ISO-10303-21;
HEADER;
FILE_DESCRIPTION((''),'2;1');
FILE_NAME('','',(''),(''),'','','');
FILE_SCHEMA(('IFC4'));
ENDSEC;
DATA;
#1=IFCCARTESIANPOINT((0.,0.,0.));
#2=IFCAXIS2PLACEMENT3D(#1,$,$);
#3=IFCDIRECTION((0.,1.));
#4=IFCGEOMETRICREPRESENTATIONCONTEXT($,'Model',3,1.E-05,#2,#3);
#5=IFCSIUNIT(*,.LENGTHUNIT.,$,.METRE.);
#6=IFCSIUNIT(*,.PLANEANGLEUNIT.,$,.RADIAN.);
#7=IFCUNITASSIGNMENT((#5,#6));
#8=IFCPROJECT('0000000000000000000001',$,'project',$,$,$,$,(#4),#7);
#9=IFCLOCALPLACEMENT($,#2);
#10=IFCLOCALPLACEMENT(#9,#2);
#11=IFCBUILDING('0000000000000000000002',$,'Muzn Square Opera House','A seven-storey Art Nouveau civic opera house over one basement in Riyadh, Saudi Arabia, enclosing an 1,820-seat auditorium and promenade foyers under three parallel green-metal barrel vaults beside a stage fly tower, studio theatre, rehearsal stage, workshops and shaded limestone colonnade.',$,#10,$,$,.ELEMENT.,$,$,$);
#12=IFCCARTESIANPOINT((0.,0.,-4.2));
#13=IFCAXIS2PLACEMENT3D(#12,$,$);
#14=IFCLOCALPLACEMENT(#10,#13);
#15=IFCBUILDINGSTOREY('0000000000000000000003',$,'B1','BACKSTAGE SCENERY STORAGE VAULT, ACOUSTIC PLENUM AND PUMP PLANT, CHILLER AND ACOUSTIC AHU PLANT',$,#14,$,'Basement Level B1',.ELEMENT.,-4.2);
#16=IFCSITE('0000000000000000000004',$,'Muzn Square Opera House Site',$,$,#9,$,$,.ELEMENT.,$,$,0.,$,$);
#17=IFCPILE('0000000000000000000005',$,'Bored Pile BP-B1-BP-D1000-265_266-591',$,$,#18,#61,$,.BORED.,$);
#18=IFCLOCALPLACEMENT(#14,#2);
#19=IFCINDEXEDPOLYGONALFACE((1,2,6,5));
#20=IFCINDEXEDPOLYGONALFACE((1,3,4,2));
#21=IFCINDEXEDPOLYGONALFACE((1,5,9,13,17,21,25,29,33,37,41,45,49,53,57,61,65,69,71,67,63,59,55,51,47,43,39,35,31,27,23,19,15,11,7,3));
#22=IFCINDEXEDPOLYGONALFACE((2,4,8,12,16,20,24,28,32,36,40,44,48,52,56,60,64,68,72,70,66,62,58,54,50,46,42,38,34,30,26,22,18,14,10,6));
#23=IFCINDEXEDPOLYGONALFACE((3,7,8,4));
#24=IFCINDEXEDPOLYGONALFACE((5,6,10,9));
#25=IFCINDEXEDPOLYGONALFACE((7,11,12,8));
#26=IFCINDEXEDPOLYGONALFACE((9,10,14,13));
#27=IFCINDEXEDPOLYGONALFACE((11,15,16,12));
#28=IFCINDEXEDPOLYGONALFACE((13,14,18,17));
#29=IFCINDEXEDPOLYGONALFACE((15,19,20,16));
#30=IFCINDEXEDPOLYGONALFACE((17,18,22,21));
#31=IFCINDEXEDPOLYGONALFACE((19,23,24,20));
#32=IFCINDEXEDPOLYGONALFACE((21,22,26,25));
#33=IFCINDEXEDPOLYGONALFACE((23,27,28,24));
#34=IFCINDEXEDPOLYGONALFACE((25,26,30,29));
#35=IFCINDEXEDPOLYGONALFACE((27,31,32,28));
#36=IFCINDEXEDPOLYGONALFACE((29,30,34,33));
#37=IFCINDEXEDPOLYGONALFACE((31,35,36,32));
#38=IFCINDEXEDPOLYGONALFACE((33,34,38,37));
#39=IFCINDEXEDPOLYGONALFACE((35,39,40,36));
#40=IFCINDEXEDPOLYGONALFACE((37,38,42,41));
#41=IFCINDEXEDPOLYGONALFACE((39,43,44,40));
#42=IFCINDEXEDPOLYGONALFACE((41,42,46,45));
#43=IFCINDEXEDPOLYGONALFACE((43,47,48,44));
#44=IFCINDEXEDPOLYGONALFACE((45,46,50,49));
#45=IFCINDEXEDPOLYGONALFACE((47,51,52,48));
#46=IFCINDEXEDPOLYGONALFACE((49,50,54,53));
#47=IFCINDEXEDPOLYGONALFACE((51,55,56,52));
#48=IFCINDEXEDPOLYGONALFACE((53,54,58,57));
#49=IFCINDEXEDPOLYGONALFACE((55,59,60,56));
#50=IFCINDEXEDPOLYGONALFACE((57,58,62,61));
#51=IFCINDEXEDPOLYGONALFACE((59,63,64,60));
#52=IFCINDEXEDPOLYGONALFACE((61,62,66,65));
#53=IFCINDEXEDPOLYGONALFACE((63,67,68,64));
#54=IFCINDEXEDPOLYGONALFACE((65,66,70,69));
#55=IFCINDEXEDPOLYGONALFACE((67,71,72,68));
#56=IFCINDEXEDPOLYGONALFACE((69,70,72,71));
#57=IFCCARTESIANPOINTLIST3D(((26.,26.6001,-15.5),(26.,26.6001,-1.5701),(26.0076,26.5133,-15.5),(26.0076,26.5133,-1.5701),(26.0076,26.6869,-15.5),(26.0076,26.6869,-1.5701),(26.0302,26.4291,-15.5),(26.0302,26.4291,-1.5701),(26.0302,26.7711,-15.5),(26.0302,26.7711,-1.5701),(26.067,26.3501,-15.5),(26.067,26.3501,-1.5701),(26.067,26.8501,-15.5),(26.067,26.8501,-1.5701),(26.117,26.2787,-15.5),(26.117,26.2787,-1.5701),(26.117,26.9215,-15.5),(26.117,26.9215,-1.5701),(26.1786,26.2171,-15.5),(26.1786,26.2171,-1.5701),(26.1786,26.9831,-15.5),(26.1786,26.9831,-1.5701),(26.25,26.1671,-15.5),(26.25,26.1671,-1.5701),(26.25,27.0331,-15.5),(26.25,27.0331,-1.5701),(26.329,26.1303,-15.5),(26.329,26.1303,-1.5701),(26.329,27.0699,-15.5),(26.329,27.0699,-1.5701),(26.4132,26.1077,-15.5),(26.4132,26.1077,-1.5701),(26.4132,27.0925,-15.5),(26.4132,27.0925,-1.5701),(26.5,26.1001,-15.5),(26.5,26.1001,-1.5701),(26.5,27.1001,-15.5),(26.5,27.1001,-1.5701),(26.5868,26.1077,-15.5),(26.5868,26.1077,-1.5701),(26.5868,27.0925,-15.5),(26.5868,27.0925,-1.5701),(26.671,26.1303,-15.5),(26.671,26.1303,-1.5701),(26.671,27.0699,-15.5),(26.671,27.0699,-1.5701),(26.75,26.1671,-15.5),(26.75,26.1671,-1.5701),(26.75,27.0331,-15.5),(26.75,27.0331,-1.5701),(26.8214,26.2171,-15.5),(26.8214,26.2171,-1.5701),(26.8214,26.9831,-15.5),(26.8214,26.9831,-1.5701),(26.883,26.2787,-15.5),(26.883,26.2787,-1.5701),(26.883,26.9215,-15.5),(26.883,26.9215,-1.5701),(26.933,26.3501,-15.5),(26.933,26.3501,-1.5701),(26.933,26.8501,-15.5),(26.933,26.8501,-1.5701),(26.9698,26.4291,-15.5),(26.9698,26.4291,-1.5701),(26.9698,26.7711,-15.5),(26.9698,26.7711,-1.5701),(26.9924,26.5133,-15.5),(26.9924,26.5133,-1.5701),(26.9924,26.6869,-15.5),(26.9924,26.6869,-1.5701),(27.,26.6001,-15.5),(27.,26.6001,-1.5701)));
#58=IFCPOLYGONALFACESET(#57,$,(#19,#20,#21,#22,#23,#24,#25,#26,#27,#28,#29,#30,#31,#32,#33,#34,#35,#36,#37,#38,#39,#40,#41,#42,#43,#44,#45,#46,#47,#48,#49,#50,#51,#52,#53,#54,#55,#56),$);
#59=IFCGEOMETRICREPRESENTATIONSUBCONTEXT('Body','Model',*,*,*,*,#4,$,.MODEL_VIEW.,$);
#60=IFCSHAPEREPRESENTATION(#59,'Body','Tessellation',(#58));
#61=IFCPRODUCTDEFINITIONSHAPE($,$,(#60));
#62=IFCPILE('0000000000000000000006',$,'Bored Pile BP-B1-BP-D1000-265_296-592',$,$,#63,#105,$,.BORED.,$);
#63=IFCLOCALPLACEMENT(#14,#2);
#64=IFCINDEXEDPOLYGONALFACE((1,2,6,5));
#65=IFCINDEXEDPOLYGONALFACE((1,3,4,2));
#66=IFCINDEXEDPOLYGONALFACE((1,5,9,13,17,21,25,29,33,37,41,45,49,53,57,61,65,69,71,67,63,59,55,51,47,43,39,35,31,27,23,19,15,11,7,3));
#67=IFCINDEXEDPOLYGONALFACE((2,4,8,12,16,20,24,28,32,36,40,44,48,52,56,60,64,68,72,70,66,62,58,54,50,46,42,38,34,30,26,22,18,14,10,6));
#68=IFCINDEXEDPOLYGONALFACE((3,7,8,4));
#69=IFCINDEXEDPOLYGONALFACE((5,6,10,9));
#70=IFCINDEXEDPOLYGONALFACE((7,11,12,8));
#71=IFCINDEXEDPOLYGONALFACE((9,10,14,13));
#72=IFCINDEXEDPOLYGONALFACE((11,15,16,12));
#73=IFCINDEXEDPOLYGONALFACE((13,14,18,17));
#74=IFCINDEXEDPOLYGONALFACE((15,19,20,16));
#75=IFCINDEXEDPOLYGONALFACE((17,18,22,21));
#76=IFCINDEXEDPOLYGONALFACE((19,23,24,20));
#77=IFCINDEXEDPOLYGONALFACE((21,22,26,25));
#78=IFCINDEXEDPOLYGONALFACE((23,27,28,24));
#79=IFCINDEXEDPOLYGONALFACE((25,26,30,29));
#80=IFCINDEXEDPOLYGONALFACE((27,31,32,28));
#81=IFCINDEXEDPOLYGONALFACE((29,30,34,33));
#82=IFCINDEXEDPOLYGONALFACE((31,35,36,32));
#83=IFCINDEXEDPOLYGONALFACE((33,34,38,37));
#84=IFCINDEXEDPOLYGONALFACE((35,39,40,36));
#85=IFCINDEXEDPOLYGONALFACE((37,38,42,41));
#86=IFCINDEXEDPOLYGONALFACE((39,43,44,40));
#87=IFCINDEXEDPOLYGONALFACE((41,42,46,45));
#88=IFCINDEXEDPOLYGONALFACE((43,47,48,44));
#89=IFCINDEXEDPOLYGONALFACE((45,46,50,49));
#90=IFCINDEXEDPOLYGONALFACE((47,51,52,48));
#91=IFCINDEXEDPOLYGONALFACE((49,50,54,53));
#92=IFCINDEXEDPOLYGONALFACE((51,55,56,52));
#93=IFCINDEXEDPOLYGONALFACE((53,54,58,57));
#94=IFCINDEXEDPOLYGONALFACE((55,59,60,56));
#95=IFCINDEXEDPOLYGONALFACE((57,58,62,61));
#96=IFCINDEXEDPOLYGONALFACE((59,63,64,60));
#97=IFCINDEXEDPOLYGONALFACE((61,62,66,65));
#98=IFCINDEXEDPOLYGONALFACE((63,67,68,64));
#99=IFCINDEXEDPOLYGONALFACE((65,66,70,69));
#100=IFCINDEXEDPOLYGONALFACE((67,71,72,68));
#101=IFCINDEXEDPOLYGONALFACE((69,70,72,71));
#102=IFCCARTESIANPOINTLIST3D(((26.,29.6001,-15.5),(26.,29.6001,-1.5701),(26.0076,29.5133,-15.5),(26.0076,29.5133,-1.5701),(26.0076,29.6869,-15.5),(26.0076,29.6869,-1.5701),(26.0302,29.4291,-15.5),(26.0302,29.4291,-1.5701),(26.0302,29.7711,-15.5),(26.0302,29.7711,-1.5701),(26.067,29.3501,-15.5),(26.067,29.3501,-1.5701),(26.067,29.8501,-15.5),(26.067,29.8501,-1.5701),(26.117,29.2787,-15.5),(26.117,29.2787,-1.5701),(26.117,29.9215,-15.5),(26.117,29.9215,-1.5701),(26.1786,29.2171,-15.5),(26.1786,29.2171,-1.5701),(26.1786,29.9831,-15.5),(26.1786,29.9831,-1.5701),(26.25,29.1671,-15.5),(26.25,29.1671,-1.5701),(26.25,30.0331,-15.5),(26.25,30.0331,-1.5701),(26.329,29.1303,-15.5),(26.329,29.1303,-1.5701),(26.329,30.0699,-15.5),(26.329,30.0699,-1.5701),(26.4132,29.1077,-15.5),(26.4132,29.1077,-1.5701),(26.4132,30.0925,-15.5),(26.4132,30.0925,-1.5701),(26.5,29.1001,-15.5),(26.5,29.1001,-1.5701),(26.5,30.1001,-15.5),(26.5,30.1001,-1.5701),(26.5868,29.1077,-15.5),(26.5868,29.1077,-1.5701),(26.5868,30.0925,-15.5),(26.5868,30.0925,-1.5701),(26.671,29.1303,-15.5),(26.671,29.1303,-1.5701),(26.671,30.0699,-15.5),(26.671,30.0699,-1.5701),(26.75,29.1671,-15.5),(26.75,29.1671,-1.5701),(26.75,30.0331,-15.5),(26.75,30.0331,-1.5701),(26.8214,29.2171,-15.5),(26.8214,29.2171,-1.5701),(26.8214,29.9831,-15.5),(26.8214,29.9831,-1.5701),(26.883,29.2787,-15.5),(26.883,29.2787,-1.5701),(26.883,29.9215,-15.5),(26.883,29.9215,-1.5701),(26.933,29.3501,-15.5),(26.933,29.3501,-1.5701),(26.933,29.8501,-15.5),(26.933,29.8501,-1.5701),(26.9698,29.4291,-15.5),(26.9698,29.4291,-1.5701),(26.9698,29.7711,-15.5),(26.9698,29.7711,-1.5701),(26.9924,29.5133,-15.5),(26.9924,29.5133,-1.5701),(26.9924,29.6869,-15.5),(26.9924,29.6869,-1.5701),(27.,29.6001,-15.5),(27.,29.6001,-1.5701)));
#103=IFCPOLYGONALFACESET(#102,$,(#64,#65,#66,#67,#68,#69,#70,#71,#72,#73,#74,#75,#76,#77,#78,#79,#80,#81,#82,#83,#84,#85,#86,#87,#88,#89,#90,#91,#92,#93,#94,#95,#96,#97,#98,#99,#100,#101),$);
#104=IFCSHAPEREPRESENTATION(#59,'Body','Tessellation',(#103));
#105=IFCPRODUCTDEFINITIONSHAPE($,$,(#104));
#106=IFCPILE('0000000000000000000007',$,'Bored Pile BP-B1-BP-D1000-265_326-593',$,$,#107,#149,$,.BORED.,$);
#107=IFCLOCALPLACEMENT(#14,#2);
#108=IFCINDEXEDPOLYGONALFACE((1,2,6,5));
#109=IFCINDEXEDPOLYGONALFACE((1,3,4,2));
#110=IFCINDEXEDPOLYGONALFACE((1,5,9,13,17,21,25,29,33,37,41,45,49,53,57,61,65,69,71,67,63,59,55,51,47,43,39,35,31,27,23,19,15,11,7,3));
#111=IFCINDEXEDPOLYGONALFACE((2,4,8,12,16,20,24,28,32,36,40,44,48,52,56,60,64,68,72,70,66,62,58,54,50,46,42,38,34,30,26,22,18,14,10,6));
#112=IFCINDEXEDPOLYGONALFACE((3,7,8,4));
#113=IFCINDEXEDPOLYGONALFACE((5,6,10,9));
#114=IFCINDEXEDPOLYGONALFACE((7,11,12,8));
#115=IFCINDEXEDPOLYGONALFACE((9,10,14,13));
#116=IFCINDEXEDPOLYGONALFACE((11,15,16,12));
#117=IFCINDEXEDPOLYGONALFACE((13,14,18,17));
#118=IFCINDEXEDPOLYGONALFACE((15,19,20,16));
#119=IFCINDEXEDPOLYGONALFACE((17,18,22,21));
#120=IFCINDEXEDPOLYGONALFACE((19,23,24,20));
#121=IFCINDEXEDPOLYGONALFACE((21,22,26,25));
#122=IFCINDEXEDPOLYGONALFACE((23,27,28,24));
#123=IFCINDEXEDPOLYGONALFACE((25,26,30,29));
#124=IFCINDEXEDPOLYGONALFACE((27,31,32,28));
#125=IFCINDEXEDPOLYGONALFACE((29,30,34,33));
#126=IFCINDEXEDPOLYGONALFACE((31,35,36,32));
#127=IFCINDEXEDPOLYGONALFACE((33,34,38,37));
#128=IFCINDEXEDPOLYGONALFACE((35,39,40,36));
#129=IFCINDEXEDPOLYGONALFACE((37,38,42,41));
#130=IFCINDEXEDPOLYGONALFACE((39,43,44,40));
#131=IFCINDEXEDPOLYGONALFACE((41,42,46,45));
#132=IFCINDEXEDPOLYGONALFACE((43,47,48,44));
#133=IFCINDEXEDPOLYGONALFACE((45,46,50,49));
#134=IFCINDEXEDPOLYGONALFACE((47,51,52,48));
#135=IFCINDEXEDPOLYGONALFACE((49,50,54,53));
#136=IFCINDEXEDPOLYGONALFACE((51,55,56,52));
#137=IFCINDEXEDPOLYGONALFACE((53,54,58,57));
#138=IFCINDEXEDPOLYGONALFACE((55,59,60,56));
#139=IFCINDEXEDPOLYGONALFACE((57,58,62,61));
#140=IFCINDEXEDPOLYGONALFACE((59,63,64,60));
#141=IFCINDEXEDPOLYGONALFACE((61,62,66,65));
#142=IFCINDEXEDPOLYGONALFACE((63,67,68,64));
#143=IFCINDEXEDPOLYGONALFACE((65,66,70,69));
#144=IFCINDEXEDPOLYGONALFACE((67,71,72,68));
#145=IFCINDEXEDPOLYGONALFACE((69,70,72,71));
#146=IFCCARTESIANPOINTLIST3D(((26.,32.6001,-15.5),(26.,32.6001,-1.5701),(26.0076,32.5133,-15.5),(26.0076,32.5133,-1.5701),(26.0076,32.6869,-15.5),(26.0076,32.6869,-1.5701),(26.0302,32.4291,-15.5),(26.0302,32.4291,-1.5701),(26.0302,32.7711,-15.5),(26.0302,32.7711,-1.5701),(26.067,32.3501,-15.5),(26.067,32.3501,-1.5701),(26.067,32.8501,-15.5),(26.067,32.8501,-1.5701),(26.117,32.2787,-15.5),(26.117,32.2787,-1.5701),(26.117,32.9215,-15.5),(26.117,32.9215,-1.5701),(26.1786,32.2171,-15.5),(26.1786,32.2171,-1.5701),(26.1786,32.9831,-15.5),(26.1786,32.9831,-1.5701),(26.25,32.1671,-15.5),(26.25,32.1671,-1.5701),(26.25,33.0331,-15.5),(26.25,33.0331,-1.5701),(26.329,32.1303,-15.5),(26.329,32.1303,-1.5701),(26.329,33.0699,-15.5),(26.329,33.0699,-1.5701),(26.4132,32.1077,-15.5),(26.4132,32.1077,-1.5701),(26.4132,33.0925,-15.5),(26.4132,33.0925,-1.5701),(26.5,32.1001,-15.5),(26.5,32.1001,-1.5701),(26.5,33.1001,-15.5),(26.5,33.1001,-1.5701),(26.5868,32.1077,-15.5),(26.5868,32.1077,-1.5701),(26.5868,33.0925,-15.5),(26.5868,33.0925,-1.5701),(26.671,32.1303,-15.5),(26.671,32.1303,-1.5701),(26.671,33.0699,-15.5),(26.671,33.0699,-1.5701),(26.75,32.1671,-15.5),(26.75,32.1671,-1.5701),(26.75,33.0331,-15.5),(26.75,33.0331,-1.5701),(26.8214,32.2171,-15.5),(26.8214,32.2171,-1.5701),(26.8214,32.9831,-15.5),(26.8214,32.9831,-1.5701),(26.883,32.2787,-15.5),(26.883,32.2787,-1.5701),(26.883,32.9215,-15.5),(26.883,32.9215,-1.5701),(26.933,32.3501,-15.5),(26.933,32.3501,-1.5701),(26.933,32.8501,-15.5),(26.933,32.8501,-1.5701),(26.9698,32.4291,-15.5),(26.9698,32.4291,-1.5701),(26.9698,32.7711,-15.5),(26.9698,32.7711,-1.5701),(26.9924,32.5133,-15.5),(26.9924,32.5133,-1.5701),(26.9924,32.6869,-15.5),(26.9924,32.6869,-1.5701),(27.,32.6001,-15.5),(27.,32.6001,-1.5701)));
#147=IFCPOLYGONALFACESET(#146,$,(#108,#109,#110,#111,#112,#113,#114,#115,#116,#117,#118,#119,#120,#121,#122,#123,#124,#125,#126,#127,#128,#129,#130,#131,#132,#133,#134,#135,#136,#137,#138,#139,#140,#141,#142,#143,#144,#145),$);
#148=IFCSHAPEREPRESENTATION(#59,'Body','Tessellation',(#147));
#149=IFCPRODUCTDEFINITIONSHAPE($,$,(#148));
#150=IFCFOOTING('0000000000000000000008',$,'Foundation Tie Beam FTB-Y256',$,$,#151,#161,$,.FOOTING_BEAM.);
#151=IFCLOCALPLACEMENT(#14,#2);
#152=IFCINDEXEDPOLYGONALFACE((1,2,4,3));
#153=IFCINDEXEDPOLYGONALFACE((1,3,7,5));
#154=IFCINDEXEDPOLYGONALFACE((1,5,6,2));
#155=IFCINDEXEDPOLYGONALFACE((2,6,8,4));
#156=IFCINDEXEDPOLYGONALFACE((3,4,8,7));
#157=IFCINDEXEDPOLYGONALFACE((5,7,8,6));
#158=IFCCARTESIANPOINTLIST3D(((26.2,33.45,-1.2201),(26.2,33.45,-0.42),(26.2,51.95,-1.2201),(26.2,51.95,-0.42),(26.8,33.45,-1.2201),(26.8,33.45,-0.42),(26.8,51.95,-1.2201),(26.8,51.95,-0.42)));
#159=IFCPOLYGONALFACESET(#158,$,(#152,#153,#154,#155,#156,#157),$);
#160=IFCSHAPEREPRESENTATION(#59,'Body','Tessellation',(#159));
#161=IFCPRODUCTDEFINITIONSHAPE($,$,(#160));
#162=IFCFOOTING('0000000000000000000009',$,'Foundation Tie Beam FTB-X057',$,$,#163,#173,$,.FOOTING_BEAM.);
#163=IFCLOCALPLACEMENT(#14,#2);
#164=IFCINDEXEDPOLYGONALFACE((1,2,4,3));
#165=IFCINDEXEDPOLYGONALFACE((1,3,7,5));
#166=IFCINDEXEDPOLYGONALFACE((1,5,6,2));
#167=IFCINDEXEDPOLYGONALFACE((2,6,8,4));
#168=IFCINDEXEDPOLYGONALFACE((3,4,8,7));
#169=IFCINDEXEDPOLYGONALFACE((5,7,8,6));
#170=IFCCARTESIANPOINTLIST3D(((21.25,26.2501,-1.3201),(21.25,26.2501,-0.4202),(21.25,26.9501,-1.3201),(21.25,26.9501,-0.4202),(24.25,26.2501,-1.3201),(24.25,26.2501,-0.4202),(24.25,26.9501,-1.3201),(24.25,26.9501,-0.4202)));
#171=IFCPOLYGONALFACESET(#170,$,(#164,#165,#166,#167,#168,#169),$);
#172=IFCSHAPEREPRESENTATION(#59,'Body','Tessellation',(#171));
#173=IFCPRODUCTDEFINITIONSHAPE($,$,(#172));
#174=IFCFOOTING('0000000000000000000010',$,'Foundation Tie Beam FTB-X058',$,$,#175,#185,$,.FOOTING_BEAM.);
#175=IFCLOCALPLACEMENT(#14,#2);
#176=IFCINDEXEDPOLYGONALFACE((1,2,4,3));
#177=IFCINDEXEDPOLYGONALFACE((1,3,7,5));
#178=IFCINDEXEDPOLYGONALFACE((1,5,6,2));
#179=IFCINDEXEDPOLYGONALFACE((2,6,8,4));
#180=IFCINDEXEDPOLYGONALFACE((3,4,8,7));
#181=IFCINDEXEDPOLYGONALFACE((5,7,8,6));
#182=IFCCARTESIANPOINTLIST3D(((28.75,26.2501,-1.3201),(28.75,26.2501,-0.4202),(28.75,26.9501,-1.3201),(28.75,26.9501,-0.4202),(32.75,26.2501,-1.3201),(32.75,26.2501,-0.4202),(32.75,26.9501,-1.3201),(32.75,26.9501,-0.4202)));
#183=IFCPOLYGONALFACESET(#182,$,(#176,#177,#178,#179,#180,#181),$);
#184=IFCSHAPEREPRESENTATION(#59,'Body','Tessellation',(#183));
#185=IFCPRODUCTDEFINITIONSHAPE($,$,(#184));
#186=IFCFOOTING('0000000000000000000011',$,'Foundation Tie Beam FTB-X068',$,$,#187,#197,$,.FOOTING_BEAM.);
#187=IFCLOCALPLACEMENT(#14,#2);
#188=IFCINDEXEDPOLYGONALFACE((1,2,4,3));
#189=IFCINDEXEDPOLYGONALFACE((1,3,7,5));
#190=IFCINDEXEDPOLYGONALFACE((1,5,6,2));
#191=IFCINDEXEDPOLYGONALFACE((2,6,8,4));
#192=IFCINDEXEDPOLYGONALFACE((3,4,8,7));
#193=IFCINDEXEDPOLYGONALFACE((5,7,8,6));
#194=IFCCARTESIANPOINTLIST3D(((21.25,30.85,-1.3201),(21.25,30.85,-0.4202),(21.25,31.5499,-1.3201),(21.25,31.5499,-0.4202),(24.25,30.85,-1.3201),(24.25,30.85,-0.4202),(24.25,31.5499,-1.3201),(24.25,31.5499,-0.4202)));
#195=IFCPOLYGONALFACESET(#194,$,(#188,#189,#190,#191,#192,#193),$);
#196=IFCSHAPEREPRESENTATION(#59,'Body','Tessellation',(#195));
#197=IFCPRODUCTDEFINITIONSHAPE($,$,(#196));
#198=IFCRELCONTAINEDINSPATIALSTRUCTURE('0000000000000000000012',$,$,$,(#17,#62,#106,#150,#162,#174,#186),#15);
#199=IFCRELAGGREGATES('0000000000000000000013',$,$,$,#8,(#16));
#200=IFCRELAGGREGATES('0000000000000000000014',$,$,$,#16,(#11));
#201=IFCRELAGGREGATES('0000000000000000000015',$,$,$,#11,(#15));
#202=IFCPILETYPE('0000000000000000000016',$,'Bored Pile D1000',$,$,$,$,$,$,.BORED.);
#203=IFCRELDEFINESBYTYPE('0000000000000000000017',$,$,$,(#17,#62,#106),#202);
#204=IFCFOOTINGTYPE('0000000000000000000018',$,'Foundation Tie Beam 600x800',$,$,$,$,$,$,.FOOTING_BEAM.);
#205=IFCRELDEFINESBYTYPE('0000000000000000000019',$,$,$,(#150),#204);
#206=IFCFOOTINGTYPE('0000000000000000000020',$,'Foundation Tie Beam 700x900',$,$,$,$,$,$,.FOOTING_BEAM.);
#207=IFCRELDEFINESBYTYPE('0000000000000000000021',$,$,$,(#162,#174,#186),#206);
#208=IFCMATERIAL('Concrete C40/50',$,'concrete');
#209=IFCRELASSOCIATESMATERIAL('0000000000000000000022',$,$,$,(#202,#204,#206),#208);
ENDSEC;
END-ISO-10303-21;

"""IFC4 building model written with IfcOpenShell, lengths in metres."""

from ifc_helpers import new_model, si_unit, direction, frame, origin, origin_2d, place, context, subcontext, project, spatial, rectangle, circle, extrude, material, material_profile, profile_set, type_object, element, save


model = new_model("IFC4")

# Units and contexts
model_context = context("Model", 3, precision=1e-05, world=origin(), true_north=direction((0.0, 1.0)))
body_context = subcontext(model_context, "Body", "Model", "MODEL_VIEW")
ifc_project = project(units=[si_unit("LENGTHUNIT", "METRE"), si_unit("PLANEANGLEUNIT", "RADIAN")], contexts=[model_context])

# Site, building, storey
site_placement = place(None, origin())
site = spatial("IfcSite", under=ifc_project, at=site_placement, Name="Muzn Square Opera House Site", CompositionType="ELEMENT", RefElevation=0.0)
building_placement = place(site_placement, origin())
building = spatial("IfcBuilding", under=site, at=building_placement, Name="Muzn Square Opera House", Description="A seven-storey Art Nouveau civic opera house over one basement in Riyadh, Saudi Arabia, enclosing an 1,820-seat auditorium and promenade foyers under three parallel green-metal barrel vaults beside a stage fly tower, studio theatre, rehearsal stage, workshops and shaded limestone colonnade.", CompositionType="ELEMENT")
storey_placement = place(building_placement, frame((0.0, 0.0, -4.2)))
storey = spatial("IfcBuildingStorey", under=building, at=storey_placement, Name="B1", Description="BACKSTAGE SCENERY STORAGE VAULT, ACOUSTIC PLENUM AND PUMP PLANT, CHILLER AND ACOUSTIC AHU PLANT", LongName="Basement Level B1", CompositionType="ELEMENT", Elevation=-4.2)

# Piles
ifc_material_1 = material(Name="Concrete C40/50", Category="concrete")
ifc_material_profile_1 = material_profile(ifc_material_1, circle(Radius=0.5, at=origin_2d()), Name="BORED PILE D1000", Category="concrete")
ifc_profile_set_1 = profile_set([ifc_material_profile_1], Name="Concrete C40/50")
pile_type = type_object("IfcPileType", Name="Bored Pile D1000", PredefinedType="BORED", material=ifc_profile_set_1)
for number, where, z_axis, x_axis, name in (
    (1, (26.5, 26.6001, -1.5701), (0.0, 0.0, -1.0), (1.0, 0.0, 0.0), "Bored Pile BP-B1-BP-D1000-265_266-591"),
    (2, (26.5, 29.6001, -1.5701), (0.0, 0.0, -1.0), (1.0, 0.0, 0.0), "Bored Pile BP-B1-BP-D1000-265_296-592"),
    (3, (26.5, 32.6001, -1.5701), (0.0, 0.0, -1.0), (1.0, 0.0, 0.0), "Bored Pile BP-B1-BP-D1000-265_326-593"),
):
    element("IfcPile", number, at=place(storey_placement, frame(where, z_axis=z_axis, x_axis=x_axis)), inside=storey, type_object=pile_type, Name=name, PredefinedType="BORED", context=body_context, shape_type="SweptSolid", body=[
        extrude(circle(Radius=0.5, at=origin_2d()), origin(), (0.0, 0.0, 1.0), 13.9299),
    ])

# Footings
ifc_material_profile_2 = material_profile(ifc_material_1, rectangle(XDim=0.6001, YDim=0.8, at=origin_2d()), Name="RCTB 600x800", Category="concrete")
ifc_profile_set_2 = profile_set([ifc_material_profile_2], Name="Concrete C40/50")
footing_type_1 = type_object("IfcFootingType", Name="Foundation Tie Beam 600x800", PredefinedType="FOOTING_BEAM", material=ifc_profile_set_2)
footing_1_placement = place(storey_placement, frame((26.5, 33.45, -0.8201), z_axis=(0.0, 1.0, 0.0), x_axis=(-1.0, 0.0, 0.0)))
element("IfcFooting", 4, at=footing_1_placement, inside=storey, type_object=footing_type_1, Name="Foundation Tie Beam FTB-Y256", PredefinedType="FOOTING_BEAM", context=body_context, shape_type="SweptSolid", body=[
    extrude(rectangle(XDim=0.6001, YDim=0.8, at=origin_2d()), origin(), (0.0, 0.0, 1.0), 18.5),
])
ifc_material_profile_3 = material_profile(ifc_material_1, rectangle(XDim=0.7, YDim=0.8999, at=origin_2d()), Name="RCTB 700x900", Category="concrete")
ifc_profile_set_3 = profile_set([ifc_material_profile_3], Name="Concrete C40/50")
footing_type_2 = type_object("IfcFootingType", Name="Foundation Tie Beam 700x900", PredefinedType="FOOTING_BEAM", material=ifc_profile_set_3)
footing_2_placement = place(storey_placement, frame((21.25, 26.6001, -0.8701), z_axis=(1.0, 0.0, 0.0), x_axis=(0.0, 1.0, 0.0)))
element("IfcFooting", 5, at=footing_2_placement, inside=storey, type_object=footing_type_2, Name="Foundation Tie Beam FTB-X057", PredefinedType="FOOTING_BEAM", context=body_context, shape_type="SweptSolid", body=[
    extrude(rectangle(XDim=0.7, YDim=0.8999, at=origin_2d()), origin(), (0.0, 0.0, 1.0), 3.0),
])
footing_3_placement = place(storey_placement, frame((28.75, 26.6001, -0.8701), z_axis=(1.0, 0.0, 0.0), x_axis=(0.0, 1.0, 0.0)))
element("IfcFooting", 6, at=footing_3_placement, inside=storey, type_object=footing_type_2, Name="Foundation Tie Beam FTB-X058", PredefinedType="FOOTING_BEAM", context=body_context, shape_type="SweptSolid", body=[
    extrude(rectangle(XDim=0.7, YDim=0.8999, at=origin_2d()), origin(), (0.0, 0.0, 1.0), 4.0),
])
footing_4_placement = place(storey_placement, frame((21.25, 31.2, -0.8701), z_axis=(1.0, 0.0, 0.0), x_axis=(0.0, 1.0, 0.0)))
element("IfcFooting", 7, at=footing_4_placement, inside=storey, type_object=footing_type_2, Name="Foundation Tie Beam FTB-X068", PredefinedType="FOOTING_BEAM", context=body_context, shape_type="SweptSolid", body=[
    extrude(rectangle(XDim=0.7, YDim=0.8999, at=origin_2d()), origin(), (0.0, 0.0, 1.0), 3.0),
])

save(model, "model.ifc")
